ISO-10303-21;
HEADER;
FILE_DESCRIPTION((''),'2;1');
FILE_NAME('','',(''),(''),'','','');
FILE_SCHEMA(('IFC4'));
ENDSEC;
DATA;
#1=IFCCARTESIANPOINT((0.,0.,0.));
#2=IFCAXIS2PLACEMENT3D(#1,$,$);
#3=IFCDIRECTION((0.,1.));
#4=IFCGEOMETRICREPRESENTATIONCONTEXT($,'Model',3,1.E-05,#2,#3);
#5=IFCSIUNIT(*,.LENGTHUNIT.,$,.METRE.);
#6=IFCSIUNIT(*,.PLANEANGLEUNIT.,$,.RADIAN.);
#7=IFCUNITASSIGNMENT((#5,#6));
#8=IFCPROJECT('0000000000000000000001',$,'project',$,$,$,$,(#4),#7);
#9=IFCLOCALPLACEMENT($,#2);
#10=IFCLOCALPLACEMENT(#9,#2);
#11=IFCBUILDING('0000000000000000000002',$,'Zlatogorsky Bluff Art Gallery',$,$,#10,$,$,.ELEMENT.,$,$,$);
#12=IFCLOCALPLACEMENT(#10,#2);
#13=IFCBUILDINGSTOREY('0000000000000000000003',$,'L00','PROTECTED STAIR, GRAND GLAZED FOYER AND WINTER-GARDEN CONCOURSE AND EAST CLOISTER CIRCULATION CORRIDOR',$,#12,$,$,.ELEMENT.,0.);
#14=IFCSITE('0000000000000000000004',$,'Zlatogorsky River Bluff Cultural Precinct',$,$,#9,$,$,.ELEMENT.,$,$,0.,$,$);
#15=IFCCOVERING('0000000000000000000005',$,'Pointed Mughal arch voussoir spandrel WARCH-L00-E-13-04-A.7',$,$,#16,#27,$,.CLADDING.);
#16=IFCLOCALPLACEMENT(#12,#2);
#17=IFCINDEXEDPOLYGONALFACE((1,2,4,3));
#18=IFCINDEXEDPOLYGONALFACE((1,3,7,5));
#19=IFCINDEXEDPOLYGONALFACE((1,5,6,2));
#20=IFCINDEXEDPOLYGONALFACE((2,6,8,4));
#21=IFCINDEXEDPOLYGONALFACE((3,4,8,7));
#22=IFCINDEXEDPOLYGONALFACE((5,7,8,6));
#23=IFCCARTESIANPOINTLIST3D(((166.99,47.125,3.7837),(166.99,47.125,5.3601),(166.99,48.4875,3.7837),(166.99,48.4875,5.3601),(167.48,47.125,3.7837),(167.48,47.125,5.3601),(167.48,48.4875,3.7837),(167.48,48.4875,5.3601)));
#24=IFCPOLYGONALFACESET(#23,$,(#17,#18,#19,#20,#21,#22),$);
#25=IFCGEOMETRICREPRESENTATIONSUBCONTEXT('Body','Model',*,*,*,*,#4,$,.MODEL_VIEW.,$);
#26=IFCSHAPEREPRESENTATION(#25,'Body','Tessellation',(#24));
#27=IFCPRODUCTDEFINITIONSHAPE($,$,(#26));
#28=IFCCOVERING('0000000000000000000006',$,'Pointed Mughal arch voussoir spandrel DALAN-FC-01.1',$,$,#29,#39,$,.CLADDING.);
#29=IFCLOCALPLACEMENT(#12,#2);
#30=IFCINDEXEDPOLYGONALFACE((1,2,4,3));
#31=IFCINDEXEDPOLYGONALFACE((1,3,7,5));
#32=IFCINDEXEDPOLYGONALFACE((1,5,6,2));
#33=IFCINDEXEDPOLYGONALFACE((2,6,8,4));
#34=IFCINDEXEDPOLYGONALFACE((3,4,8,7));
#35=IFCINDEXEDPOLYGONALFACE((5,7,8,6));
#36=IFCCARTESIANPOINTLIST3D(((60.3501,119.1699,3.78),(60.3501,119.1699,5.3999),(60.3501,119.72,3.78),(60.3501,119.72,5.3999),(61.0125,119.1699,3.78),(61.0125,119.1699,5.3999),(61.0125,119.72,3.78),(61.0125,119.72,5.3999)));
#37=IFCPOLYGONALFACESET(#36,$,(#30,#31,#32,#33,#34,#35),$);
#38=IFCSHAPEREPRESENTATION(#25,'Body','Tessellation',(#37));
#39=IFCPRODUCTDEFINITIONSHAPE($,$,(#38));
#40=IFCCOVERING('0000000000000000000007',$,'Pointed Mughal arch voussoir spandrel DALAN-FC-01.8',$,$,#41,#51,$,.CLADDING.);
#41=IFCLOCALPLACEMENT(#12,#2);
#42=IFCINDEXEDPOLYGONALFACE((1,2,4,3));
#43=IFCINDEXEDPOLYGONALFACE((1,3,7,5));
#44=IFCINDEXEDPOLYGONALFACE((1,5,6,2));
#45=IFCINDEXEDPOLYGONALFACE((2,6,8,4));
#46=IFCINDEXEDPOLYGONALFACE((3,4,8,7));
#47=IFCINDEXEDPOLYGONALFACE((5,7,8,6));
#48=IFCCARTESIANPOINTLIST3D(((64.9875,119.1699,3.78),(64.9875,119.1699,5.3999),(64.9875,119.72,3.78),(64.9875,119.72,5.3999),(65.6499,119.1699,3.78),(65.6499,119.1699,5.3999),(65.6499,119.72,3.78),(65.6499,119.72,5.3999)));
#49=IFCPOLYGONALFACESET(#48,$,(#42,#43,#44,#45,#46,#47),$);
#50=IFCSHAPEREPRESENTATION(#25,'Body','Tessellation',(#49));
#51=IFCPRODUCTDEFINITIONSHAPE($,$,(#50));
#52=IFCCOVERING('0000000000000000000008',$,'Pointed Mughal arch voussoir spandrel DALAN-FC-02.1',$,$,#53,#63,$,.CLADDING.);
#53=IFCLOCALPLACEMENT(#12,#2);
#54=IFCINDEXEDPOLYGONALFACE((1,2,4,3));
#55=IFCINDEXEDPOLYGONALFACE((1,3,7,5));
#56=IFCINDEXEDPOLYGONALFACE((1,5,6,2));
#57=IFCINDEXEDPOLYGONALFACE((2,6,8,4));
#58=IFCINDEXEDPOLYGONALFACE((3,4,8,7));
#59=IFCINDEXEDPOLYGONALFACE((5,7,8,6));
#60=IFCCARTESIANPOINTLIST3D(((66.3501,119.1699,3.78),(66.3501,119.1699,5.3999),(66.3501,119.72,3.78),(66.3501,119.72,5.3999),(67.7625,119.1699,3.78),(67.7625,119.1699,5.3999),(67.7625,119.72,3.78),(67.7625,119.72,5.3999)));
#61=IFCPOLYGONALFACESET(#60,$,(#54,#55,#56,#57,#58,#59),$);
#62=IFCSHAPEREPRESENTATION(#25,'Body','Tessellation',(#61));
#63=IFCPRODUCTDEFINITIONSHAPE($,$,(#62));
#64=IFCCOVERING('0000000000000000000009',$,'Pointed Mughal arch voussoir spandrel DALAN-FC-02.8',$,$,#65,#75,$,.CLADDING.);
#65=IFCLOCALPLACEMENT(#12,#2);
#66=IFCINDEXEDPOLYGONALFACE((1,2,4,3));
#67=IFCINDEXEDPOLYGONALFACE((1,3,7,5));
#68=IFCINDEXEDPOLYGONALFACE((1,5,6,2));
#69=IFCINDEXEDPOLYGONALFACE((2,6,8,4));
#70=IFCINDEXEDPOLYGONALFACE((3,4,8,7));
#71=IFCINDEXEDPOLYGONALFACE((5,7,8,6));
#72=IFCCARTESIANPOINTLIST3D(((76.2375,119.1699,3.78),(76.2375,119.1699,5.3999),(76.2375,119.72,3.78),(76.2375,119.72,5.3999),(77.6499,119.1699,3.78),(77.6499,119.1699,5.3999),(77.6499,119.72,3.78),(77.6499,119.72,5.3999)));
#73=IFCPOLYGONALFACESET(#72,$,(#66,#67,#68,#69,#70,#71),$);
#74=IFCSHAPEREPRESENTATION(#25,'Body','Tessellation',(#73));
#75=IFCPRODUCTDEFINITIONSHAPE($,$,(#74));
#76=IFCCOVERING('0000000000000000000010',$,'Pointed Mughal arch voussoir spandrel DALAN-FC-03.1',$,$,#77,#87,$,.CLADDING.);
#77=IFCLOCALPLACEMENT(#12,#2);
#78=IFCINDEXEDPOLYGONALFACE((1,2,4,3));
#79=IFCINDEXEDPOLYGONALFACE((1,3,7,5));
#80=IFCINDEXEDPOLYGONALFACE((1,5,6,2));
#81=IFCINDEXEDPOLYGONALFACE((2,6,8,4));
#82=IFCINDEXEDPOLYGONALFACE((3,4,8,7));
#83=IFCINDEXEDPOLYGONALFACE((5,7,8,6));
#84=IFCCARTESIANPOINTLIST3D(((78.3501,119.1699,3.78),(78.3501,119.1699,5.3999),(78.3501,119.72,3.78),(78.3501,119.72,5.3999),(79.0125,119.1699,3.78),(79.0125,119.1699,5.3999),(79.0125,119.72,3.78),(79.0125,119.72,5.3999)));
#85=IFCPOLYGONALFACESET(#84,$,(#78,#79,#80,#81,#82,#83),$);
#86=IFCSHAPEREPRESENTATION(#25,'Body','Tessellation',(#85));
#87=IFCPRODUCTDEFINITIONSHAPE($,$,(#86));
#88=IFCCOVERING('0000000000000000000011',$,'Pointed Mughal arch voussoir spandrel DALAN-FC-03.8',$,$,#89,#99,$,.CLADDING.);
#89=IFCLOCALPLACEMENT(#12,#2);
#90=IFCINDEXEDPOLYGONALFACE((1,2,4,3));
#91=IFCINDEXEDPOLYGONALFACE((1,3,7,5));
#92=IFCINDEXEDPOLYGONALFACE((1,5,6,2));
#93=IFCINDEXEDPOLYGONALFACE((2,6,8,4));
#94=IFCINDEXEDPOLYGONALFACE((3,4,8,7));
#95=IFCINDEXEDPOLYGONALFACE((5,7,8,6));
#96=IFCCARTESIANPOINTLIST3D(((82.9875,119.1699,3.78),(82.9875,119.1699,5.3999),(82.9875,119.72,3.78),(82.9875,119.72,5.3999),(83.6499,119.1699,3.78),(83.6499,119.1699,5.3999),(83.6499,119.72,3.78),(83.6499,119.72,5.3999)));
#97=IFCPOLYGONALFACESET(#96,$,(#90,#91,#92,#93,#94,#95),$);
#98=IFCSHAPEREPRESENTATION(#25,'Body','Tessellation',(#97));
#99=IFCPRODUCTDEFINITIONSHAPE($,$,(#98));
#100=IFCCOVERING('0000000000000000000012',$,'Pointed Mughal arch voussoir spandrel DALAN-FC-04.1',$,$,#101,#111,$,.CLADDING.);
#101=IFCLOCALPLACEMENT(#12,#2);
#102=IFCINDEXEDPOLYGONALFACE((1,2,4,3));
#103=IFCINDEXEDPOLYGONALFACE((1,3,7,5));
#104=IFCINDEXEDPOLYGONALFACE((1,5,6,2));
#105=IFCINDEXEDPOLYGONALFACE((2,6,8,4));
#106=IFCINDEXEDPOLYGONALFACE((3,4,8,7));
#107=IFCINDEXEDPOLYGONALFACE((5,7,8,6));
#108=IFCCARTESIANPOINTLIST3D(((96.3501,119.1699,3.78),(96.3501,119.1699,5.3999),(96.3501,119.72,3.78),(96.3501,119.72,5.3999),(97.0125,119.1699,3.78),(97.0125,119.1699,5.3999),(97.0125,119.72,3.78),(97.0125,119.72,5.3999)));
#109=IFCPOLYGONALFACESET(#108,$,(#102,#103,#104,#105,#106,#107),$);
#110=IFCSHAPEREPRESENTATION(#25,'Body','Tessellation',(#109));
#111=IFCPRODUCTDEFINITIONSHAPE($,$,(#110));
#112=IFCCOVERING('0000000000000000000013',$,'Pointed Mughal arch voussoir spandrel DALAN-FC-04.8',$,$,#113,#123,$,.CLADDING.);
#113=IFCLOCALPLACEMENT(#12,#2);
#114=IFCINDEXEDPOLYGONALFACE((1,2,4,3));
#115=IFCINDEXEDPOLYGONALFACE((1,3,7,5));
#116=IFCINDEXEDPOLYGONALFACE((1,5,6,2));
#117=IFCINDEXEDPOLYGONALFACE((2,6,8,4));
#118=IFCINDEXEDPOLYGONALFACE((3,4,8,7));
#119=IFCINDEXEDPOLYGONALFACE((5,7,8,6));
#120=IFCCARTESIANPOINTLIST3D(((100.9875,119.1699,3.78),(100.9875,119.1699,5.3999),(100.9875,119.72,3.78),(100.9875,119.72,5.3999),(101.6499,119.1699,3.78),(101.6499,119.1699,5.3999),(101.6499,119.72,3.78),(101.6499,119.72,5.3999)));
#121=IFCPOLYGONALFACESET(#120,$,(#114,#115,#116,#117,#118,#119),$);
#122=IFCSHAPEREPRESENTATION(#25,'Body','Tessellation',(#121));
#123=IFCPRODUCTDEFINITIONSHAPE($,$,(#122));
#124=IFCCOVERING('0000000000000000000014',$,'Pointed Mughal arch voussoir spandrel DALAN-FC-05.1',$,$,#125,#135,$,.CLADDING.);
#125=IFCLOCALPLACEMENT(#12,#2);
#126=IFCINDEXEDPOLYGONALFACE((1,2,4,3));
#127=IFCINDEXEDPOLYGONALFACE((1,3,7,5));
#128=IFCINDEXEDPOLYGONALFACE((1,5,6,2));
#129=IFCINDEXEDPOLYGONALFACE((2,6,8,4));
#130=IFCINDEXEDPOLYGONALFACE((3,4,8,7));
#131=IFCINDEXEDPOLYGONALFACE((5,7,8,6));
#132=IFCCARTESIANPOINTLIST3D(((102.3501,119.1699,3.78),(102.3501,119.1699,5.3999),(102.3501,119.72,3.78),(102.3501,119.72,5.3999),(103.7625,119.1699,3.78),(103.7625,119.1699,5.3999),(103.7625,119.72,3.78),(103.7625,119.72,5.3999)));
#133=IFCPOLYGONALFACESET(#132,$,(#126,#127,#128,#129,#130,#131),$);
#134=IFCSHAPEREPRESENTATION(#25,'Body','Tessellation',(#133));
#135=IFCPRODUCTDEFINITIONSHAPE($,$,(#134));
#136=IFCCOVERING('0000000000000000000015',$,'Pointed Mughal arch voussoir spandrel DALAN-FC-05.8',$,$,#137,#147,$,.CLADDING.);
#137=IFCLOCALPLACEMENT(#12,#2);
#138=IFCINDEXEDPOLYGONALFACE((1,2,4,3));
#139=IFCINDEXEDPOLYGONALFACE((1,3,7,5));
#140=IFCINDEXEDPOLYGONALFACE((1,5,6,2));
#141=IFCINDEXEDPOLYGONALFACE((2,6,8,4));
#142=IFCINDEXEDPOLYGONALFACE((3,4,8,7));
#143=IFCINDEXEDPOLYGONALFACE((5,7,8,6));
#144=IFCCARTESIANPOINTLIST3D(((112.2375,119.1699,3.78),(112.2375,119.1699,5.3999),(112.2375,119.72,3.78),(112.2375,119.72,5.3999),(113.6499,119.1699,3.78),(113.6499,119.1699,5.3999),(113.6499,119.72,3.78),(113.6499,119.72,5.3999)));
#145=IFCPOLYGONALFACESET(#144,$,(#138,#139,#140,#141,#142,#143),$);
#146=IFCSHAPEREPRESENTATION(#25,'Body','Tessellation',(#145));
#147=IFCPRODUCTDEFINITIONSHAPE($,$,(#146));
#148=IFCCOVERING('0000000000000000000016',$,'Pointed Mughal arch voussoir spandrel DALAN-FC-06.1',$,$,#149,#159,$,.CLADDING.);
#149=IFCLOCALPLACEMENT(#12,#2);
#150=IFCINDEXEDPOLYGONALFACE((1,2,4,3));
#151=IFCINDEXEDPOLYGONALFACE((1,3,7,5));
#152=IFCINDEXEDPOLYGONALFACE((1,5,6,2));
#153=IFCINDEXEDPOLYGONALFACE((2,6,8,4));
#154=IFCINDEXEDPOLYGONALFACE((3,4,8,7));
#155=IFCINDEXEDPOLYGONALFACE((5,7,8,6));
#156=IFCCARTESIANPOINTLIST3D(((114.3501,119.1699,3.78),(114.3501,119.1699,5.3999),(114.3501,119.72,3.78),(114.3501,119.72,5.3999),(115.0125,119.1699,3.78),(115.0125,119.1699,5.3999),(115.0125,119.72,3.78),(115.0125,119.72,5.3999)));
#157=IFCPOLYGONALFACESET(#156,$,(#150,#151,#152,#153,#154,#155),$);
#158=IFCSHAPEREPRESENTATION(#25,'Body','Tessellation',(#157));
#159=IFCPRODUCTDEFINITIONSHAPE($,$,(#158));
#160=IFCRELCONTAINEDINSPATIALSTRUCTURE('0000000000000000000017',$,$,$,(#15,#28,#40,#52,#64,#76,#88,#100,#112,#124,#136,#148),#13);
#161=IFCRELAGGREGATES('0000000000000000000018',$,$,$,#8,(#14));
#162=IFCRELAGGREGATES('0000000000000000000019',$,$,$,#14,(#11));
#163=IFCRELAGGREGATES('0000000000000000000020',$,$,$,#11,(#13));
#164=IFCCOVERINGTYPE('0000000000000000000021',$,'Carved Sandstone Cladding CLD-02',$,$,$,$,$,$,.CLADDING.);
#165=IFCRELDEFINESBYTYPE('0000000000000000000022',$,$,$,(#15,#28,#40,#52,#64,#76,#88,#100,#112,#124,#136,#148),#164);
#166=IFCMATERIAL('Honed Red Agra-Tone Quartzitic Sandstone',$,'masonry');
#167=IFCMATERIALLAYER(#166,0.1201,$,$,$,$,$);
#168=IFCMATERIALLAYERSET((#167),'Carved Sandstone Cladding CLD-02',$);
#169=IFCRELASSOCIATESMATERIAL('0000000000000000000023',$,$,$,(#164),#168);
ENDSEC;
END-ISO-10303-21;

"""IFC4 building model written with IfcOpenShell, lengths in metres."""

from ifc_helpers import new_model, si_unit, direction, frame, origin, place, context, subcontext, project, spatial, polyline, outline, extrude, material, layer, layer_set, type_object, element, save


model = new_model("IFC4")

# Units and contexts
model_context = context("Model", 3, precision=1e-05, world=origin(), true_north=direction((0.0, 1.0)))
body_context = subcontext(model_context, "Body", "Model", "MODEL_VIEW")
ifc_project = project(units=[si_unit("LENGTHUNIT", "METRE"), si_unit("PLANEANGLEUNIT", "RADIAN")], contexts=[model_context])

# Site, building, storey
site_placement = place(None, origin())
site = spatial("IfcSite", under=ifc_project, at=site_placement, Name="Zlatogorsky River Bluff Cultural Precinct", CompositionType="ELEMENT", RefElevation=0.0)
building_placement = place(site_placement, origin())
building = spatial("IfcBuilding", under=site, at=building_placement, Name="Zlatogorsky Bluff Art Gallery", CompositionType="ELEMENT")
storey_placement = place(building_placement, origin())
storey = spatial("IfcBuildingStorey", under=building, at=storey_placement, Name="L00", Description="PROTECTED STAIR, GRAND GLAZED FOYER AND WINTER-GARDEN CONCOURSE AND EAST CLOISTER CIRCULATION CORRIDOR", CompositionType="ELEMENT", Elevation=0.0)

# Coverings
ifc_material = material(Name="Honed Red Agra-Tone Quartzitic Sandstone", Category="masonry")
ifc_layer = layer(ifc_material, 0.1201)
ifc_layer_set = layer_set([ifc_layer], Name="Carved Sandstone Cladding CLD-02")
covering_type = type_object("IfcCoveringType", Name="Carved Sandstone Cladding CLD-02", PredefinedType="CLADDING", material=ifc_layer_set)
covering_1_placement = place(storey_placement, frame((0.0, 0.0, 3.7837)))
element("IfcCovering", 1, at=covering_1_placement, inside=storey, type_object=covering_type, Name="Pointed Mughal arch voussoir spandrel WARCH-L00-E-13-04-A.7", PredefinedType="CLADDING", context=body_context, shape_type="SweptSolid", body=[
    extrude(outline(polyline([(166.99, 47.125), (166.99, 48.4875), (167.48, 48.4875), (167.48, 47.125), (166.99, 47.125)])), origin(), (0.0, 0.0, 1.0), 1.5764),
])
covering_2_placement = place(storey_placement, frame((0.0, 0.0, 3.78)))
element("IfcCovering", 2, at=covering_2_placement, inside=storey, type_object=covering_type, Name="Pointed Mughal arch voussoir spandrel DALAN-FC-01.1", PredefinedType="CLADDING", context=body_context, shape_type="SweptSolid", body=[
    extrude(outline(polyline([(60.3501, 119.1699), (61.0125, 119.1699), (61.0125, 119.72), (60.3501, 119.72), (60.3501, 119.1699)])), origin(), (0.0, 0.0, 1.0), 1.6199),
])
covering_3_placement = place(storey_placement, frame((0.0, 0.0, 3.78)))
element("IfcCovering", 3, at=covering_3_placement, inside=storey, type_object=covering_type, Name="Pointed Mughal arch voussoir spandrel DALAN-FC-01.8", PredefinedType="CLADDING", context=body_context, shape_type="SweptSolid", body=[
    extrude(outline(polyline([(64.9875, 119.1699), (65.6499, 119.1699), (65.6499, 119.72), (64.9875, 119.72), (64.9875, 119.1699)])), origin(), (0.0, 0.0, 1.0), 1.6199),
])
covering_4_placement = place(storey_placement, frame((0.0, 0.0, 3.78)))
element("IfcCovering", 4, at=covering_4_placement, inside=storey, type_object=covering_type, Name="Pointed Mughal arch voussoir spandrel DALAN-FC-02.1", PredefinedType="CLADDING", context=body_context, shape_type="SweptSolid", body=[
    extrude(outline(polyline([(66.3501, 119.1699), (67.7625, 119.1699), (67.7625, 119.72), (66.3501, 119.72), (66.3501, 119.1699)])), origin(), (0.0, 0.0, 1.0), 1.6199),
])
covering_5_placement = place(storey_placement, frame((0.0, 0.0, 3.78)))
element("IfcCovering", 5, at=covering_5_placement, inside=storey, type_object=covering_type, Name="Pointed Mughal arch voussoir spandrel DALAN-FC-02.8", PredefinedType="CLADDING", context=body_context, shape_type="SweptSolid", body=[
    extrude(outline(polyline([(76.2375, 119.1699), (77.6499, 119.1699), (77.6499, 119.72), (76.2375, 119.72), (76.2375, 119.1699)])), origin(), (0.0, 0.0, 1.0), 1.6199),
])
covering_6_placement = place(storey_placement, frame((0.0, 0.0, 3.78)))
element("IfcCovering", 6, at=covering_6_placement, inside=storey, type_object=covering_type, Name="Pointed Mughal arch voussoir spandrel DALAN-FC-03.1", PredefinedType="CLADDING", context=body_context, shape_type="SweptSolid", body=[
    extrude(outline(polyline([(78.3501, 119.1699), (79.0125, 119.1699), (79.0125, 119.72), (78.3501, 119.72), (78.3501, 119.1699)])), origin(), (0.0, 0.0, 1.0), 1.6199),
])
covering_7_placement = place(storey_placement, frame((0.0, 0.0, 3.78)))
element("IfcCovering", 7, at=covering_7_placement, inside=storey, type_object=covering_type, Name="Pointed Mughal arch voussoir spandrel DALAN-FC-03.8", PredefinedType="CLADDING", context=body_context, shape_type="SweptSolid", body=[
    extrude(outline(polyline([(82.9875, 119.1699), (83.6499, 119.1699), (83.6499, 119.72), (82.9875, 119.72), (82.9875, 119.1699)])), origin(), (0.0, 0.0, 1.0), 1.6199),
])
covering_8_placement = place(storey_placement, frame((0.0, 0.0, 3.78)))
element("IfcCovering", 8, at=covering_8_placement, inside=storey, type_object=covering_type, Name="Pointed Mughal arch voussoir spandrel DALAN-FC-04.1", PredefinedType="CLADDING", context=body_context, shape_type="SweptSolid", body=[
    extrude(outline(polyline([(96.3501, 119.1699), (97.0125, 119.1699), (97.0125, 119.72), (96.3501, 119.72), (96.3501, 119.1699)])), origin(), (0.0, 0.0, 1.0), 1.6199),
])
covering_9_placement = place(storey_placement, frame((0.0, 0.0, 3.78)))
element("IfcCovering", 9, at=covering_9_placement, inside=storey, type_object=covering_type, Name="Pointed Mughal arch voussoir spandrel DALAN-FC-04.8", PredefinedType="CLADDING", context=body_context, shape_type="SweptSolid", body=[
    extrude(outline(polyline([(100.9875, 119.1699), (101.6499, 119.1699), (101.6499, 119.72), (100.9875, 119.72), (100.9875, 119.1699)])), origin(), (0.0, 0.0, 1.0), 1.6199),
])
covering_10_placement = place(storey_placement, frame((0.0, 0.0, 3.78)))
element("IfcCovering", 10, at=covering_10_placement, inside=storey, type_object=covering_type, Name="Pointed Mughal arch voussoir spandrel DALAN-FC-05.1", PredefinedType="CLADDING", context=body_context, shape_type="SweptSolid", body=[
    extrude(outline(polyline([(102.3501, 119.1699), (103.7625, 119.1699), (103.7625, 119.72), (102.3501, 119.72), (102.3501, 119.1699)])), origin(), (0.0, 0.0, 1.0), 1.6199),
])
covering_11_placement = place(storey_placement, frame((0.0, 0.0, 3.78)))
element("IfcCovering", 11, at=covering_11_placement, inside=storey, type_object=covering_type, Name="Pointed Mughal arch voussoir spandrel DALAN-FC-05.8", PredefinedType="CLADDING", context=body_context, shape_type="SweptSolid", body=[
    extrude(outline(polyline([(112.2375, 119.1699), (113.6499, 119.1699), (113.6499, 119.72), (112.2375, 119.72), (112.2375, 119.1699)])), origin(), (0.0, 0.0, 1.0), 1.6199),
])
covering_12_placement = place(storey_placement, frame((0.0, 0.0, 3.78)))
element("IfcCovering", 12, at=covering_12_placement, inside=storey, type_object=covering_type, Name="Pointed Mughal arch voussoir spandrel DALAN-FC-06.1", PredefinedType="CLADDING", context=body_context, shape_type="SweptSolid", body=[
    extrude(outline(polyline([(114.3501, 119.1699), (115.0125, 119.1699), (115.0125, 119.72), (114.3501, 119.72), (114.3501, 119.1699)])), origin(), (0.0, 0.0, 1.0), 1.6199),
])

save(model, "model.ifc")
